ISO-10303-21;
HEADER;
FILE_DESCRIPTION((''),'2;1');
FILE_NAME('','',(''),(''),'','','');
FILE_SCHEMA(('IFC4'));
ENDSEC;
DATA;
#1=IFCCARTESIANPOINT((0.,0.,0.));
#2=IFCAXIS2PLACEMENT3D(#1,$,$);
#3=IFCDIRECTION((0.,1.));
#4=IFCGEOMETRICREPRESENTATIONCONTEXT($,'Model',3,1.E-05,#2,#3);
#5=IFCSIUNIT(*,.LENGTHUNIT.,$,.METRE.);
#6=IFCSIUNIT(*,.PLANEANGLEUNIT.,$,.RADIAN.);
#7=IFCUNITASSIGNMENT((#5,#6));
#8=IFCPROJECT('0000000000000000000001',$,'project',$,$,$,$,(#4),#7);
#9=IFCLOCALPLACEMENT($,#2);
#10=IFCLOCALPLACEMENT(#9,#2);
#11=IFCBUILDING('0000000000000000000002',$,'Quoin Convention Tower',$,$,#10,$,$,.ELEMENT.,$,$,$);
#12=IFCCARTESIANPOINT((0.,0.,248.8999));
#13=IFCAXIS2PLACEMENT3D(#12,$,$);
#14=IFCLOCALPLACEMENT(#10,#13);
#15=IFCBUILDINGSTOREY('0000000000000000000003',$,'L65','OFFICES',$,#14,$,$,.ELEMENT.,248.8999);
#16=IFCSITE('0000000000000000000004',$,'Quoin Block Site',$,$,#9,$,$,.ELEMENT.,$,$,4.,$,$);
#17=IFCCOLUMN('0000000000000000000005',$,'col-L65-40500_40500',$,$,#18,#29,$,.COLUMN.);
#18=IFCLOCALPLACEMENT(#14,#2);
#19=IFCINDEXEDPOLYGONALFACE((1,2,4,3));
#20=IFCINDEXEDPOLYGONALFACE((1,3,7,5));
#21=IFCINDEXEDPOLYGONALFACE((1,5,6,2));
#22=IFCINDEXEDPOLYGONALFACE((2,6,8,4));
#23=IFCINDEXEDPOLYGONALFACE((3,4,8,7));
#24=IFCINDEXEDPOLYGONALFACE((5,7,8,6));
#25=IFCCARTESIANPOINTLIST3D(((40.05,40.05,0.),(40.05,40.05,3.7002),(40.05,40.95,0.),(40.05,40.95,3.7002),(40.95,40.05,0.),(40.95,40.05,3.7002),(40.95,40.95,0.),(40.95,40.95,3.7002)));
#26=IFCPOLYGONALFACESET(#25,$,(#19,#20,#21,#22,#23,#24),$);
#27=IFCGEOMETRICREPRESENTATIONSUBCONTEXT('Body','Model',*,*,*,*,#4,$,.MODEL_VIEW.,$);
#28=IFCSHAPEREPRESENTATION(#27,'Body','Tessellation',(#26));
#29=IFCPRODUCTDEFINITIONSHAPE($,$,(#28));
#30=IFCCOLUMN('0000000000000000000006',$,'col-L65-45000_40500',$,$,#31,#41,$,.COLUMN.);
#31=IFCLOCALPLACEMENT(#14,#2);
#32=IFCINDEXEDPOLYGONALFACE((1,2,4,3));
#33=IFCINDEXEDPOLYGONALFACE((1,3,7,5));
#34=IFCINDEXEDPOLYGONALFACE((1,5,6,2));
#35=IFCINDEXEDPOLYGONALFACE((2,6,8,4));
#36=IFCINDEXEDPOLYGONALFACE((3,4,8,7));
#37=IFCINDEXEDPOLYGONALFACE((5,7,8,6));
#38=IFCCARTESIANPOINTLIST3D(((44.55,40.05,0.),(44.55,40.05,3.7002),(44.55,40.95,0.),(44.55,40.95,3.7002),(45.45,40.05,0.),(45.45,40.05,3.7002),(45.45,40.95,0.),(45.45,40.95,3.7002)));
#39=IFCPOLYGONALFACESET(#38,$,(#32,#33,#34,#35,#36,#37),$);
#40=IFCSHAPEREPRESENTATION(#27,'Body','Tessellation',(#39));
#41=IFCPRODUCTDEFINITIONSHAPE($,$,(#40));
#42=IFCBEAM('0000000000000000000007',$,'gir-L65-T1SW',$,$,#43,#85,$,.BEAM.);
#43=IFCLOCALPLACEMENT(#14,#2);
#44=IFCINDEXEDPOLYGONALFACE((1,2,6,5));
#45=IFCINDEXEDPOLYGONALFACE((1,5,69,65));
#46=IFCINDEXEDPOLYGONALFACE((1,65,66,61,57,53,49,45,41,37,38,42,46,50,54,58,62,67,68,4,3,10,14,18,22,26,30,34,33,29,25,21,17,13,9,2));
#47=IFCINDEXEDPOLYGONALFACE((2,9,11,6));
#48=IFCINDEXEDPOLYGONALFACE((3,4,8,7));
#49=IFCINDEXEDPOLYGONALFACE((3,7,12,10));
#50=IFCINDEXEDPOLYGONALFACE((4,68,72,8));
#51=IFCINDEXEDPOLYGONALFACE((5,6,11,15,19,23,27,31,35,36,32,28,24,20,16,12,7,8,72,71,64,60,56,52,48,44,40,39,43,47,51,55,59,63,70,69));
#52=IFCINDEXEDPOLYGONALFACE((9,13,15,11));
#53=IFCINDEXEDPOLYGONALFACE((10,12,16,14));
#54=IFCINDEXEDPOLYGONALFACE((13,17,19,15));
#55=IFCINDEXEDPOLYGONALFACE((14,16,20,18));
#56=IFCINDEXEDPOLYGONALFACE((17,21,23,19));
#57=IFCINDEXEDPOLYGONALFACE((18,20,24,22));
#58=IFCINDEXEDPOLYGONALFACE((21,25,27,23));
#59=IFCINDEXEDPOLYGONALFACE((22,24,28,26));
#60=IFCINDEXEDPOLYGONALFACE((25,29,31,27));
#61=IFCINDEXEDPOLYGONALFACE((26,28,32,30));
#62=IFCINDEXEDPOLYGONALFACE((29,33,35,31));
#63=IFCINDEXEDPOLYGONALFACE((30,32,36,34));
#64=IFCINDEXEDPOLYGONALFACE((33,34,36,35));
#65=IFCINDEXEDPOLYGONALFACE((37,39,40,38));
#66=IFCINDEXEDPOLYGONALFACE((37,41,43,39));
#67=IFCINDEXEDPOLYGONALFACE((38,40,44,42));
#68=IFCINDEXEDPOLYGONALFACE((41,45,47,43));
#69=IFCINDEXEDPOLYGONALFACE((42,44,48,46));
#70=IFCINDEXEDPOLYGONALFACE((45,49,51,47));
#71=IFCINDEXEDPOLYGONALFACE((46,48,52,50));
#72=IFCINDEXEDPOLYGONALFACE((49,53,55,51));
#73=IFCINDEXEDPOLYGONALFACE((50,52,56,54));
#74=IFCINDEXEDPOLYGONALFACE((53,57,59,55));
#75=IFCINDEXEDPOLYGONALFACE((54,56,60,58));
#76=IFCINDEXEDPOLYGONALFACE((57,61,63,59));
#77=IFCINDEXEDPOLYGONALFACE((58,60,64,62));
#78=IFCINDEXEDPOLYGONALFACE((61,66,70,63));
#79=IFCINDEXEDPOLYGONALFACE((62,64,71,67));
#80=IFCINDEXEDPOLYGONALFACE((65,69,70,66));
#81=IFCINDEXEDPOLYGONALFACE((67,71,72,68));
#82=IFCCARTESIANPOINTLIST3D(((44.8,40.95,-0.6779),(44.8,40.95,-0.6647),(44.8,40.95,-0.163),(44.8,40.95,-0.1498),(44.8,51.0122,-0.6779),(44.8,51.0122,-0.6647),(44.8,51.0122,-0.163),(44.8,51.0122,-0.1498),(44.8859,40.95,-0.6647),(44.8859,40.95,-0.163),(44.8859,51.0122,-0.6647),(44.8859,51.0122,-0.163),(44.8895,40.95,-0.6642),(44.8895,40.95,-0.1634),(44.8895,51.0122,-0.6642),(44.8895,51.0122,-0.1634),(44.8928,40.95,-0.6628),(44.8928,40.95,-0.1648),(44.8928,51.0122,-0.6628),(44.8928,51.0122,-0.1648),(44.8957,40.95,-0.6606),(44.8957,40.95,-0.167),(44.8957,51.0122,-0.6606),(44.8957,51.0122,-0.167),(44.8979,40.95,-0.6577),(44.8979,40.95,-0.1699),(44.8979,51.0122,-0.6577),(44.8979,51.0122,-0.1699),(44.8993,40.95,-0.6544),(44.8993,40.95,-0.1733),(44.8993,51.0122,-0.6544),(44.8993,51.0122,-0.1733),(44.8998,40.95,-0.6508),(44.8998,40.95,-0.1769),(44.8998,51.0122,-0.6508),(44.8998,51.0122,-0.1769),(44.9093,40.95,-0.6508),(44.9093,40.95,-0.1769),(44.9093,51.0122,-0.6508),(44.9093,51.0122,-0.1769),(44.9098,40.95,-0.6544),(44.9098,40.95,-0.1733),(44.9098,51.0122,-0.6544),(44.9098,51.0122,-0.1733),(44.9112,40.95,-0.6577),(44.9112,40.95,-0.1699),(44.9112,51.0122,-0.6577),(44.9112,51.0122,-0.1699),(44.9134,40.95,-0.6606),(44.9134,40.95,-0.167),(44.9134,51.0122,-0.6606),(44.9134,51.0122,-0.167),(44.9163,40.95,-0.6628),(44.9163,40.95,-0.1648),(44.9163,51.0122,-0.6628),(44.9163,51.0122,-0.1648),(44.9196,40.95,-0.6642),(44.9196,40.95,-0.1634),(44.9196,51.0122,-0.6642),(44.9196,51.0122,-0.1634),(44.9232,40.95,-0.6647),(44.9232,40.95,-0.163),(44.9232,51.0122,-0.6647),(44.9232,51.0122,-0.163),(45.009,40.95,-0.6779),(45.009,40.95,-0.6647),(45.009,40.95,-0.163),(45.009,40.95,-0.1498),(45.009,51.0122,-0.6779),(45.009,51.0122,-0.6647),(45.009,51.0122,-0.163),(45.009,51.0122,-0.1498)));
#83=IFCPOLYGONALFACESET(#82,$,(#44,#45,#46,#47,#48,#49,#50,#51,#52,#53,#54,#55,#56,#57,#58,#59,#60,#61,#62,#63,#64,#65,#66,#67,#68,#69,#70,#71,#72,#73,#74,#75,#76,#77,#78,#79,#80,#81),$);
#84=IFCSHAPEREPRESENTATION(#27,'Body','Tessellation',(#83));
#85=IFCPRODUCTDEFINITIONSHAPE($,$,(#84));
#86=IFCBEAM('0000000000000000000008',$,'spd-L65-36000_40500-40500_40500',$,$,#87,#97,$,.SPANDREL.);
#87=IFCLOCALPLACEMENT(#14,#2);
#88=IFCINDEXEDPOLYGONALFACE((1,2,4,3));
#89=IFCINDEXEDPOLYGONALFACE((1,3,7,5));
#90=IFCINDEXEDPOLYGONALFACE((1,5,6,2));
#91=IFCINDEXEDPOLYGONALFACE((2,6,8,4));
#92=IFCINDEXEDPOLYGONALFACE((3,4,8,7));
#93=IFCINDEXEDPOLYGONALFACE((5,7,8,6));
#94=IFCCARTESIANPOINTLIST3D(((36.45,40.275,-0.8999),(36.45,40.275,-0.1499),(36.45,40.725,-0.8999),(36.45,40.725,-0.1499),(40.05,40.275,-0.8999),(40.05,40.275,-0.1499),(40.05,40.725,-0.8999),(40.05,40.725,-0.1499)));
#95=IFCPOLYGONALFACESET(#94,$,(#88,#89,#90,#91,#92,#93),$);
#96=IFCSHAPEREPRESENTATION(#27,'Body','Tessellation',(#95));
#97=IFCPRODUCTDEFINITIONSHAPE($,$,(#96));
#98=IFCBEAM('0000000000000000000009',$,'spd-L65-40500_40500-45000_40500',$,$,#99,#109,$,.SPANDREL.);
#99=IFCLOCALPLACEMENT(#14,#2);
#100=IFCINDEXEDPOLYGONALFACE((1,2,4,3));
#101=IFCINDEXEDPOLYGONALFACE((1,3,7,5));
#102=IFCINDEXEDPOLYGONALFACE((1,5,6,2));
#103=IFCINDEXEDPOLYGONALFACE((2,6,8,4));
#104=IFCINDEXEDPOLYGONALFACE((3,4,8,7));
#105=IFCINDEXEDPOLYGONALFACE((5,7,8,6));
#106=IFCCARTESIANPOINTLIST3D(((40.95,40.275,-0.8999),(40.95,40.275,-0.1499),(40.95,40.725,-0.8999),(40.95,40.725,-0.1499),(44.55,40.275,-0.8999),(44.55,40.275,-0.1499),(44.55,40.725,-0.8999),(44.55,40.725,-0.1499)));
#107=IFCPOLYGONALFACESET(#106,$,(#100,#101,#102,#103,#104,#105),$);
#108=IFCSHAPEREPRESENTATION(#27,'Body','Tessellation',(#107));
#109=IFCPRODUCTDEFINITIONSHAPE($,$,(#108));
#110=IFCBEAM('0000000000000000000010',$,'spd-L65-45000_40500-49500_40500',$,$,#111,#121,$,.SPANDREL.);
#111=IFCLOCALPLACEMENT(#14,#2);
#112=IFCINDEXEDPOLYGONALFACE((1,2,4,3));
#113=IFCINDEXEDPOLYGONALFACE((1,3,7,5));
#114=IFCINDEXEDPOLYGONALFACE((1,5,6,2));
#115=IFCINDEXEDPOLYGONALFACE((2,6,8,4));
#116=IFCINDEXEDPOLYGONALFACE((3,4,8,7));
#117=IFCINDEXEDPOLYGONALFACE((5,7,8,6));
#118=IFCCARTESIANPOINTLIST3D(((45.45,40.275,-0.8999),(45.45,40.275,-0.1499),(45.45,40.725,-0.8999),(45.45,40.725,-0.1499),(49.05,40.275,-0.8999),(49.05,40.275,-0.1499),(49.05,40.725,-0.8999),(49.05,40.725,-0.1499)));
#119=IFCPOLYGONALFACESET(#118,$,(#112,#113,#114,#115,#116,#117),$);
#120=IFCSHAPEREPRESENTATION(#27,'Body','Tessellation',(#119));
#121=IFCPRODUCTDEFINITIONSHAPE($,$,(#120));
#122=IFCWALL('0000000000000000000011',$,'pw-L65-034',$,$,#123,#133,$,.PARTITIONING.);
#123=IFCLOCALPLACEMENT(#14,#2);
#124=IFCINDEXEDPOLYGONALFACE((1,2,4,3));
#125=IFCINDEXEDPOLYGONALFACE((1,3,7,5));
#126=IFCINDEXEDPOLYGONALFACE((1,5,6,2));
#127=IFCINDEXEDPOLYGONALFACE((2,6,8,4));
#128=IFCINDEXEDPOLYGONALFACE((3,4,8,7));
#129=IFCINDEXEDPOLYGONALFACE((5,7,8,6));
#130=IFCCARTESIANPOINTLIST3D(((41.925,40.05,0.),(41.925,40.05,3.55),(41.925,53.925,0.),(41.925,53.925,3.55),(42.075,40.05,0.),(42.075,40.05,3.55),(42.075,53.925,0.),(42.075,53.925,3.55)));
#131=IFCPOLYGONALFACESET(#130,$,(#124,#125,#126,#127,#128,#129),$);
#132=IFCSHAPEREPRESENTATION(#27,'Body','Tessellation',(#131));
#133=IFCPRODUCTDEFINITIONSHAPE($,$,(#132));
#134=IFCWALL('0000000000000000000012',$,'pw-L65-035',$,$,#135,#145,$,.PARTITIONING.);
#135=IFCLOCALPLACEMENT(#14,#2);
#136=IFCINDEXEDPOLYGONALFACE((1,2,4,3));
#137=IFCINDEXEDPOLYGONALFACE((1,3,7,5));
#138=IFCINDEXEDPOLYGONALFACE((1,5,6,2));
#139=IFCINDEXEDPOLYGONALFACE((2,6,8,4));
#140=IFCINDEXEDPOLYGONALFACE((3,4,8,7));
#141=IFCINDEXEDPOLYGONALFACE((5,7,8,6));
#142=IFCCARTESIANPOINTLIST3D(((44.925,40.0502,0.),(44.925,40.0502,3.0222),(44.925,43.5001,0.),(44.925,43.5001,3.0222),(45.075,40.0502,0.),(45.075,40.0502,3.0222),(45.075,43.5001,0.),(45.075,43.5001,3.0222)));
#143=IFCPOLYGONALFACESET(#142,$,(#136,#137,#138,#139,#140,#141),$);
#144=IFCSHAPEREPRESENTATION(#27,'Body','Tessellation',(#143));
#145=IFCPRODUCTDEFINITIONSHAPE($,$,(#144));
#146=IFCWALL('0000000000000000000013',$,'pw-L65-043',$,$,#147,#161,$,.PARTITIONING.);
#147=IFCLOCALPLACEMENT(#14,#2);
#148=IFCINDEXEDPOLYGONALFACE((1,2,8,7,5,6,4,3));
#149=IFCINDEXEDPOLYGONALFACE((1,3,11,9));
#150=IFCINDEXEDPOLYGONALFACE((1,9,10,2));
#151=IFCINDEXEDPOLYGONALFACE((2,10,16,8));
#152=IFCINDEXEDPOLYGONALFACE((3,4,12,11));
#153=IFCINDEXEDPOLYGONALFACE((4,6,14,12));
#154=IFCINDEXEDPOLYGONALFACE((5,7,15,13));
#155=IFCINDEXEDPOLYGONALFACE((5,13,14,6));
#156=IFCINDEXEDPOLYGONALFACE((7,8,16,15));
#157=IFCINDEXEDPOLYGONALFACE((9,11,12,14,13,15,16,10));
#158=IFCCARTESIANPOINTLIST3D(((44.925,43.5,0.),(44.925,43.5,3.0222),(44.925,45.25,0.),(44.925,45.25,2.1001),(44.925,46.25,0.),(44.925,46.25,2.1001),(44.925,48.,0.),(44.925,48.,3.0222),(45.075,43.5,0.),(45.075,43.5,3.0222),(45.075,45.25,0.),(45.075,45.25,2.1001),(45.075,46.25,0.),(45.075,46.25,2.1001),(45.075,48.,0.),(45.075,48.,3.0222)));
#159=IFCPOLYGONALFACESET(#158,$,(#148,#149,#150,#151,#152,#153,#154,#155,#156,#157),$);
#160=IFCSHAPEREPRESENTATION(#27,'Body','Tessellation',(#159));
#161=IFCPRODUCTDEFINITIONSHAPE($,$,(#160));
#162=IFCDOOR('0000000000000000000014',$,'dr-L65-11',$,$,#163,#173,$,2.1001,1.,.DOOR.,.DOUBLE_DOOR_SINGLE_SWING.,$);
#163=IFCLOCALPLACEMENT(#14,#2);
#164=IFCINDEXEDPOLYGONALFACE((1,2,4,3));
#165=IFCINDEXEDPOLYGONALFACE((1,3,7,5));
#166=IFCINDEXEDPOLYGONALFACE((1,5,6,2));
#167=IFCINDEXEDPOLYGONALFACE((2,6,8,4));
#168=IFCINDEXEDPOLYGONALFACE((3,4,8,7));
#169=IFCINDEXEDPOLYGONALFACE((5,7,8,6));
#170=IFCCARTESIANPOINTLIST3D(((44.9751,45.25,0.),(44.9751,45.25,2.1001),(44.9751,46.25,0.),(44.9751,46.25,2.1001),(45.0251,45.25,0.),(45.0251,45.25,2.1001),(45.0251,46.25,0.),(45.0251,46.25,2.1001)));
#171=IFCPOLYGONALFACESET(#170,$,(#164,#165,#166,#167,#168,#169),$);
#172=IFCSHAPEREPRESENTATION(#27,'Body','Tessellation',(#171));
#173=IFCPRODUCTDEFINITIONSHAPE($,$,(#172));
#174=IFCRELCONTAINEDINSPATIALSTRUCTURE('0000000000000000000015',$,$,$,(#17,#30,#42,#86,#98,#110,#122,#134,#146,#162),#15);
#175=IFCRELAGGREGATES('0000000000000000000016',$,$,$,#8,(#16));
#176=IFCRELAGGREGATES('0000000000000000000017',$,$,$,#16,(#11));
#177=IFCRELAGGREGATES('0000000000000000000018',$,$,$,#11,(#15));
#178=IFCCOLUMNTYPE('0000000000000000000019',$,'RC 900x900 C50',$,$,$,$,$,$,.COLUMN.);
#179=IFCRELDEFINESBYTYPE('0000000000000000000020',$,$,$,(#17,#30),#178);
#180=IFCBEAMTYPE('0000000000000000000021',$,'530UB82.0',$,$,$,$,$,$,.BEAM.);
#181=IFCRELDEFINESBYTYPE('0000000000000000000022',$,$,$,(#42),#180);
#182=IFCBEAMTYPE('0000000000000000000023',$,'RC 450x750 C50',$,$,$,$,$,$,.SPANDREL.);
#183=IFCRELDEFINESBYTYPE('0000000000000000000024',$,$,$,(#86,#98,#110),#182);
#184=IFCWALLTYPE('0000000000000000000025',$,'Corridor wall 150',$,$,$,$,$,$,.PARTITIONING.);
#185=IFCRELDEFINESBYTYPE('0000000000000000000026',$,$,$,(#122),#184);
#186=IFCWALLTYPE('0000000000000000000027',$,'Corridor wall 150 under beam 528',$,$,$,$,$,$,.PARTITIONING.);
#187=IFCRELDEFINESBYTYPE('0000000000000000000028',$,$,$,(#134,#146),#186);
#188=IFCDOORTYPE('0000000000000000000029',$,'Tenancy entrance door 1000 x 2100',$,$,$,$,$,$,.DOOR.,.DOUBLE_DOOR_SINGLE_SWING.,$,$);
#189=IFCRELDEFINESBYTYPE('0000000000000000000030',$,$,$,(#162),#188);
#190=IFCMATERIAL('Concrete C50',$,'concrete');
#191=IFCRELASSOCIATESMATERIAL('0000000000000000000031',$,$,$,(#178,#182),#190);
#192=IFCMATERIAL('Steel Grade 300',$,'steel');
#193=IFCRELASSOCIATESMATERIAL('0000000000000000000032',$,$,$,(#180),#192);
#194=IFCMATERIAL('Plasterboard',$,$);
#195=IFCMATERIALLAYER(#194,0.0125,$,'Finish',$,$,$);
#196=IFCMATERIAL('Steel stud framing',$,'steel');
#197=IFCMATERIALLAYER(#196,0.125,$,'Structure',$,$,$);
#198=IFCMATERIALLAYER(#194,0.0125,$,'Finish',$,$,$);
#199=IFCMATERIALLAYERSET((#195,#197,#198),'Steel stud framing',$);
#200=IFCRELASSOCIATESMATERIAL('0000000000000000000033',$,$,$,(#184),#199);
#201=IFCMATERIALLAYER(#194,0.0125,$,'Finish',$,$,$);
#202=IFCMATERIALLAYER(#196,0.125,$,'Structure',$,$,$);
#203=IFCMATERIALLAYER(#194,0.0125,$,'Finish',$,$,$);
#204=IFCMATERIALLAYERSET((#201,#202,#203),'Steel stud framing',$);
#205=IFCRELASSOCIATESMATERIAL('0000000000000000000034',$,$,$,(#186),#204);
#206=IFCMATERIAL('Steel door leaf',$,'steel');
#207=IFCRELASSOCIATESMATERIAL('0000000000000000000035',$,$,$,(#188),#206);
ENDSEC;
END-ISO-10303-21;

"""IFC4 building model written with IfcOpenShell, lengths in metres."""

from ifc_helpers import new_model, si_unit, direction, frame, frame_2d, origin, origin_2d, place, context, subcontext, project, spatial, rectangle, i_section, extrude, material, layer, layer_set, material_profile, profile_set, type_object, element, fill, save


model = new_model("IFC4")

# Units and contexts
model_context = context("Model", 3, precision=1e-05, world=origin(), true_north=direction((0.0, 1.0)))
body_context = subcontext(model_context, "Body", "Model", "MODEL_VIEW")
ifc_project = project(units=[si_unit("LENGTHUNIT", "METRE"), si_unit("PLANEANGLEUNIT", "RADIAN")], contexts=[model_context])

# Site, building, storey
site_placement = place(None, origin())
site = spatial("IfcSite", under=ifc_project, at=site_placement, Name="Quoin Block Site", CompositionType="ELEMENT", RefElevation=4.0)
building_placement = place(site_placement, origin())
building = spatial("IfcBuilding", under=site, at=building_placement, Name="Quoin Convention Tower", CompositionType="ELEMENT")
storey_placement = place(building_placement, frame((0.0, 0.0, 248.8999)))
storey = spatial("IfcBuildingStorey", under=building, at=storey_placement, Name="L65", Description="OFFICES", CompositionType="ELEMENT", Elevation=248.8999)

# Columns
ifc_material_1 = material(Name="Concrete C50", Category="concrete")
ifc_material_profile_1 = material_profile(ifc_material_1, rectangle(XDim=0.8999, YDim=0.8999, at=origin_2d()), Name="RC 900x900")
ifc_profile_set_1 = profile_set([ifc_material_profile_1], Name="Concrete C50")
column_type = type_object("IfcColumnType", Name="RC 900x900 C50", PredefinedType="COLUMN", material=ifc_profile_set_1)
for number, where, z_axis, x_axis, name in (
    (1, (40.5, 40.5, 0.0), (0.0, 0.0, 1.0), (1.0, 0.0, 0.0), "col-L65-40500_40500"),
    (2, (45.0, 40.5, 0.0), (0.0, 0.0, 1.0), (1.0, 0.0, 0.0), "col-L65-45000_40500"),
):
    element("IfcColumn", number, at=place(storey_placement, frame(where, z_axis=z_axis, x_axis=x_axis)), inside=storey, type_object=column_type, Name=name, PredefinedType="COLUMN", context=body_context, shape_type="SweptSolid", body=[
        extrude(rectangle(XDim=0.8999, YDim=0.8999, at=origin_2d()), origin(), (0.0, 0.0, 1.0), 3.7002),
    ])

# Beams
ifc_material_2 = material(Name="Steel Grade 300", Category="steel")
ifc_material_profile_2 = material_profile(ifc_material_2, i_section(OverallWidth=0.209, OverallDepth=0.5281, WebThickness=0.0095, FlangeThickness=0.0132, FilletRadius=0.0139, at=origin_2d()), Name="530UB82.0")
ifc_profile_set_2 = profile_set([ifc_material_profile_2], Name="Steel Grade 300")
beam_type_1 = type_object("IfcBeamType", Name="530UB82.0", PredefinedType="BEAM", material=ifc_profile_set_2)
beam_placement = place(storey_placement, frame((44.9045, 40.95, -0.4138), z_axis=(0.0, 1.0, 0.0), x_axis=(-1.0, 0.0, 0.0)))
element("IfcBeam", 3, at=beam_placement, inside=storey, type_object=beam_type_1, Name="gir-L65-T1SW", PredefinedType="BEAM", context=body_context, shape_type="SweptSolid", body=[
    extrude(i_section(OverallWidth=0.209, OverallDepth=0.5281, WebThickness=0.0095, FlangeThickness=0.0132, FilletRadius=0.0139, at=origin_2d()), origin(), (0.0, 0.0, 1.0), 10.0623),
])
ifc_material_profile_3 = material_profile(ifc_material_1, rectangle(XDim=0.45, YDim=0.75, at=origin_2d()), Name="RC 450x750")
ifc_profile_set_3 = profile_set([ifc_material_profile_3], Name="Concrete C50")
beam_type_2 = type_object("IfcBeamType", Name="RC 450x750 C50", PredefinedType="SPANDREL", material=ifc_profile_set_3)
for number, where, z_axis, x_axis, name in (
    (4, (36.45, 40.5, -0.5249), (1.0, 0.0, 0.0), (0.0, 1.0, 0.0), "spd-L65-36000_40500-40500_40500"),
    (5, (40.95, 40.5, -0.5249), (1.0, 0.0, 0.0), (0.0, 1.0, 0.0), "spd-L65-40500_40500-45000_40500"),
    (6, (45.45, 40.5, -0.5249), (1.0, 0.0, 0.0), (0.0, 1.0, 0.0), "spd-L65-45000_40500-49500_40500"),
):
    element("IfcBeam", number, at=place(storey_placement, frame(where, z_axis=z_axis, x_axis=x_axis)), inside=storey, type_object=beam_type_2, Name=name, PredefinedType="SPANDREL", context=body_context, shape_type="SweptSolid", body=[
        extrude(rectangle(XDim=0.45, YDim=0.75, at=origin_2d()), origin(), (0.0, 0.0, 1.0), 3.6001),
    ])

# Walls
ifc_material_3 = material(Name="Plasterboard")
ifc_layer_1 = layer(ifc_material_3, 0.0125, Name="Finish")
ifc_material_4 = material(Name="Steel stud framing", Category="steel")
ifc_layer_2 = layer(ifc_material_4, 0.125, Name="Structure")
ifc_layer_3 = layer(ifc_material_3, 0.0125, Name="Finish")
ifc_layer_set_1 = layer_set([ifc_layer_1, ifc_layer_2, ifc_layer_3], Name="Steel stud framing")
wall_type_1 = type_object("IfcWallType", Name="Corridor wall 150", PredefinedType="PARTITIONING", material=ifc_layer_set_1)
wall_1_placement = place(storey_placement, frame((42.0, 40.05, 0.0), z_axis=(0.0, 0.0, 1.0), x_axis=(0.0, 1.0, 0.0)))
element("IfcWall", 7, at=wall_1_placement, inside=storey, type_object=wall_type_1, Name="pw-L65-034", PredefinedType="PARTITIONING", context=body_context, shape_type="SweptSolid", body=[
    extrude(rectangle(XDim=13.875, YDim=0.1499, at=frame_2d((6.9375, 0.0))), origin(), (0.0, 0.0, 1.0), 3.55),
])
ifc_layer_4 = layer(ifc_material_3, 0.0125, Name="Finish")
ifc_layer_5 = layer(ifc_material_4, 0.125, Name="Structure")
ifc_layer_6 = layer(ifc_material_3, 0.0125, Name="Finish")
ifc_layer_set_2 = layer_set([ifc_layer_4, ifc_layer_5, ifc_layer_6], Name="Steel stud framing")
wall_type_2 = type_object("IfcWallType", Name="Corridor wall 150 under beam 528", PredefinedType="PARTITIONING", material=ifc_layer_set_2)
wall_2_placement = place(storey_placement, frame((45.0, 40.05, 0.0), z_axis=(0.0, 0.0, 1.0), x_axis=(0.0, 1.0, 0.0)))
element("IfcWall", 8, at=wall_2_placement, inside=storey, type_object=wall_type_2, Name="pw-L65-035", PredefinedType="PARTITIONING", context=body_context, shape_type="SweptSolid", body=[
    extrude(rectangle(XDim=3.45, YDim=0.1499, at=frame_2d((1.7251, 0.0))), origin(), (0.0, 0.0, 1.0), 3.0222),
])

# Wall, opening, door
wall_3_placement = place(storey_placement, frame((45.0, 43.5, 0.0), z_axis=(0.0, 0.0, 1.0), x_axis=(0.0, 1.0, 0.0)))
wall_3 = element("IfcWall", 9, at=wall_3_placement, inside=storey, type_object=wall_type_2, Name="pw-L65-043", PredefinedType="PARTITIONING", context=body_context, shape_type="SweptSolid", body=[
    extrude(rectangle(XDim=4.5, YDim=0.1499, at=frame_2d((2.25, 0.0))), origin(), (0.0, 0.0, 1.0), 3.0222),
])
opening_placement = place(wall_3_placement, frame((1.75, 0.0, 0.0)))
opening = element("IfcOpeningElement", 10, at=opening_placement, cuts=wall_3, PredefinedType="OPENING", context=body_context, shape_type="SweptSolid", body=[
    extrude(rectangle(XDim=1.0, YDim=2.1001, at=frame_2d((0.5, 1.05))), frame((0.0, 0.085, 0.0), z_axis=(0.0, -1.0, 0.0), x_axis=(1.0, 0.0, 0.0)), (0.0, 0.0, 1.0), 0.1699),
])
ifc_material_5 = material(Name="Steel door leaf", Category="steel")
door_type = type_object("IfcDoorType", Name="Tenancy entrance door 1000 x 2100", OperationType="DOUBLE_DOOR_SINGLE_SWING", PredefinedType="DOOR", material=ifc_material_5)
door_placement = place(opening_placement, origin())
door = element("IfcDoor", 11, at=door_placement, inside=storey, type_object=door_type, Name="dr-L65-11", OperationType="DOUBLE_DOOR_SINGLE_SWING", OverallHeight=2.1001, OverallWidth=1.0, PredefinedType="DOOR", context=body_context, shape_type="SweptSolid", body=[
    extrude(rectangle(XDim=1.0, YDim=2.1001, at=frame_2d((0.5, 1.05))), frame((0.0, 0.0249, 0.0), z_axis=(0.0, -1.0, 0.0), x_axis=(1.0, 0.0, 0.0)), (0.0, 0.0, 1.0), 0.05),
])
fill(opening, door)

save(model, "model.ifc")
